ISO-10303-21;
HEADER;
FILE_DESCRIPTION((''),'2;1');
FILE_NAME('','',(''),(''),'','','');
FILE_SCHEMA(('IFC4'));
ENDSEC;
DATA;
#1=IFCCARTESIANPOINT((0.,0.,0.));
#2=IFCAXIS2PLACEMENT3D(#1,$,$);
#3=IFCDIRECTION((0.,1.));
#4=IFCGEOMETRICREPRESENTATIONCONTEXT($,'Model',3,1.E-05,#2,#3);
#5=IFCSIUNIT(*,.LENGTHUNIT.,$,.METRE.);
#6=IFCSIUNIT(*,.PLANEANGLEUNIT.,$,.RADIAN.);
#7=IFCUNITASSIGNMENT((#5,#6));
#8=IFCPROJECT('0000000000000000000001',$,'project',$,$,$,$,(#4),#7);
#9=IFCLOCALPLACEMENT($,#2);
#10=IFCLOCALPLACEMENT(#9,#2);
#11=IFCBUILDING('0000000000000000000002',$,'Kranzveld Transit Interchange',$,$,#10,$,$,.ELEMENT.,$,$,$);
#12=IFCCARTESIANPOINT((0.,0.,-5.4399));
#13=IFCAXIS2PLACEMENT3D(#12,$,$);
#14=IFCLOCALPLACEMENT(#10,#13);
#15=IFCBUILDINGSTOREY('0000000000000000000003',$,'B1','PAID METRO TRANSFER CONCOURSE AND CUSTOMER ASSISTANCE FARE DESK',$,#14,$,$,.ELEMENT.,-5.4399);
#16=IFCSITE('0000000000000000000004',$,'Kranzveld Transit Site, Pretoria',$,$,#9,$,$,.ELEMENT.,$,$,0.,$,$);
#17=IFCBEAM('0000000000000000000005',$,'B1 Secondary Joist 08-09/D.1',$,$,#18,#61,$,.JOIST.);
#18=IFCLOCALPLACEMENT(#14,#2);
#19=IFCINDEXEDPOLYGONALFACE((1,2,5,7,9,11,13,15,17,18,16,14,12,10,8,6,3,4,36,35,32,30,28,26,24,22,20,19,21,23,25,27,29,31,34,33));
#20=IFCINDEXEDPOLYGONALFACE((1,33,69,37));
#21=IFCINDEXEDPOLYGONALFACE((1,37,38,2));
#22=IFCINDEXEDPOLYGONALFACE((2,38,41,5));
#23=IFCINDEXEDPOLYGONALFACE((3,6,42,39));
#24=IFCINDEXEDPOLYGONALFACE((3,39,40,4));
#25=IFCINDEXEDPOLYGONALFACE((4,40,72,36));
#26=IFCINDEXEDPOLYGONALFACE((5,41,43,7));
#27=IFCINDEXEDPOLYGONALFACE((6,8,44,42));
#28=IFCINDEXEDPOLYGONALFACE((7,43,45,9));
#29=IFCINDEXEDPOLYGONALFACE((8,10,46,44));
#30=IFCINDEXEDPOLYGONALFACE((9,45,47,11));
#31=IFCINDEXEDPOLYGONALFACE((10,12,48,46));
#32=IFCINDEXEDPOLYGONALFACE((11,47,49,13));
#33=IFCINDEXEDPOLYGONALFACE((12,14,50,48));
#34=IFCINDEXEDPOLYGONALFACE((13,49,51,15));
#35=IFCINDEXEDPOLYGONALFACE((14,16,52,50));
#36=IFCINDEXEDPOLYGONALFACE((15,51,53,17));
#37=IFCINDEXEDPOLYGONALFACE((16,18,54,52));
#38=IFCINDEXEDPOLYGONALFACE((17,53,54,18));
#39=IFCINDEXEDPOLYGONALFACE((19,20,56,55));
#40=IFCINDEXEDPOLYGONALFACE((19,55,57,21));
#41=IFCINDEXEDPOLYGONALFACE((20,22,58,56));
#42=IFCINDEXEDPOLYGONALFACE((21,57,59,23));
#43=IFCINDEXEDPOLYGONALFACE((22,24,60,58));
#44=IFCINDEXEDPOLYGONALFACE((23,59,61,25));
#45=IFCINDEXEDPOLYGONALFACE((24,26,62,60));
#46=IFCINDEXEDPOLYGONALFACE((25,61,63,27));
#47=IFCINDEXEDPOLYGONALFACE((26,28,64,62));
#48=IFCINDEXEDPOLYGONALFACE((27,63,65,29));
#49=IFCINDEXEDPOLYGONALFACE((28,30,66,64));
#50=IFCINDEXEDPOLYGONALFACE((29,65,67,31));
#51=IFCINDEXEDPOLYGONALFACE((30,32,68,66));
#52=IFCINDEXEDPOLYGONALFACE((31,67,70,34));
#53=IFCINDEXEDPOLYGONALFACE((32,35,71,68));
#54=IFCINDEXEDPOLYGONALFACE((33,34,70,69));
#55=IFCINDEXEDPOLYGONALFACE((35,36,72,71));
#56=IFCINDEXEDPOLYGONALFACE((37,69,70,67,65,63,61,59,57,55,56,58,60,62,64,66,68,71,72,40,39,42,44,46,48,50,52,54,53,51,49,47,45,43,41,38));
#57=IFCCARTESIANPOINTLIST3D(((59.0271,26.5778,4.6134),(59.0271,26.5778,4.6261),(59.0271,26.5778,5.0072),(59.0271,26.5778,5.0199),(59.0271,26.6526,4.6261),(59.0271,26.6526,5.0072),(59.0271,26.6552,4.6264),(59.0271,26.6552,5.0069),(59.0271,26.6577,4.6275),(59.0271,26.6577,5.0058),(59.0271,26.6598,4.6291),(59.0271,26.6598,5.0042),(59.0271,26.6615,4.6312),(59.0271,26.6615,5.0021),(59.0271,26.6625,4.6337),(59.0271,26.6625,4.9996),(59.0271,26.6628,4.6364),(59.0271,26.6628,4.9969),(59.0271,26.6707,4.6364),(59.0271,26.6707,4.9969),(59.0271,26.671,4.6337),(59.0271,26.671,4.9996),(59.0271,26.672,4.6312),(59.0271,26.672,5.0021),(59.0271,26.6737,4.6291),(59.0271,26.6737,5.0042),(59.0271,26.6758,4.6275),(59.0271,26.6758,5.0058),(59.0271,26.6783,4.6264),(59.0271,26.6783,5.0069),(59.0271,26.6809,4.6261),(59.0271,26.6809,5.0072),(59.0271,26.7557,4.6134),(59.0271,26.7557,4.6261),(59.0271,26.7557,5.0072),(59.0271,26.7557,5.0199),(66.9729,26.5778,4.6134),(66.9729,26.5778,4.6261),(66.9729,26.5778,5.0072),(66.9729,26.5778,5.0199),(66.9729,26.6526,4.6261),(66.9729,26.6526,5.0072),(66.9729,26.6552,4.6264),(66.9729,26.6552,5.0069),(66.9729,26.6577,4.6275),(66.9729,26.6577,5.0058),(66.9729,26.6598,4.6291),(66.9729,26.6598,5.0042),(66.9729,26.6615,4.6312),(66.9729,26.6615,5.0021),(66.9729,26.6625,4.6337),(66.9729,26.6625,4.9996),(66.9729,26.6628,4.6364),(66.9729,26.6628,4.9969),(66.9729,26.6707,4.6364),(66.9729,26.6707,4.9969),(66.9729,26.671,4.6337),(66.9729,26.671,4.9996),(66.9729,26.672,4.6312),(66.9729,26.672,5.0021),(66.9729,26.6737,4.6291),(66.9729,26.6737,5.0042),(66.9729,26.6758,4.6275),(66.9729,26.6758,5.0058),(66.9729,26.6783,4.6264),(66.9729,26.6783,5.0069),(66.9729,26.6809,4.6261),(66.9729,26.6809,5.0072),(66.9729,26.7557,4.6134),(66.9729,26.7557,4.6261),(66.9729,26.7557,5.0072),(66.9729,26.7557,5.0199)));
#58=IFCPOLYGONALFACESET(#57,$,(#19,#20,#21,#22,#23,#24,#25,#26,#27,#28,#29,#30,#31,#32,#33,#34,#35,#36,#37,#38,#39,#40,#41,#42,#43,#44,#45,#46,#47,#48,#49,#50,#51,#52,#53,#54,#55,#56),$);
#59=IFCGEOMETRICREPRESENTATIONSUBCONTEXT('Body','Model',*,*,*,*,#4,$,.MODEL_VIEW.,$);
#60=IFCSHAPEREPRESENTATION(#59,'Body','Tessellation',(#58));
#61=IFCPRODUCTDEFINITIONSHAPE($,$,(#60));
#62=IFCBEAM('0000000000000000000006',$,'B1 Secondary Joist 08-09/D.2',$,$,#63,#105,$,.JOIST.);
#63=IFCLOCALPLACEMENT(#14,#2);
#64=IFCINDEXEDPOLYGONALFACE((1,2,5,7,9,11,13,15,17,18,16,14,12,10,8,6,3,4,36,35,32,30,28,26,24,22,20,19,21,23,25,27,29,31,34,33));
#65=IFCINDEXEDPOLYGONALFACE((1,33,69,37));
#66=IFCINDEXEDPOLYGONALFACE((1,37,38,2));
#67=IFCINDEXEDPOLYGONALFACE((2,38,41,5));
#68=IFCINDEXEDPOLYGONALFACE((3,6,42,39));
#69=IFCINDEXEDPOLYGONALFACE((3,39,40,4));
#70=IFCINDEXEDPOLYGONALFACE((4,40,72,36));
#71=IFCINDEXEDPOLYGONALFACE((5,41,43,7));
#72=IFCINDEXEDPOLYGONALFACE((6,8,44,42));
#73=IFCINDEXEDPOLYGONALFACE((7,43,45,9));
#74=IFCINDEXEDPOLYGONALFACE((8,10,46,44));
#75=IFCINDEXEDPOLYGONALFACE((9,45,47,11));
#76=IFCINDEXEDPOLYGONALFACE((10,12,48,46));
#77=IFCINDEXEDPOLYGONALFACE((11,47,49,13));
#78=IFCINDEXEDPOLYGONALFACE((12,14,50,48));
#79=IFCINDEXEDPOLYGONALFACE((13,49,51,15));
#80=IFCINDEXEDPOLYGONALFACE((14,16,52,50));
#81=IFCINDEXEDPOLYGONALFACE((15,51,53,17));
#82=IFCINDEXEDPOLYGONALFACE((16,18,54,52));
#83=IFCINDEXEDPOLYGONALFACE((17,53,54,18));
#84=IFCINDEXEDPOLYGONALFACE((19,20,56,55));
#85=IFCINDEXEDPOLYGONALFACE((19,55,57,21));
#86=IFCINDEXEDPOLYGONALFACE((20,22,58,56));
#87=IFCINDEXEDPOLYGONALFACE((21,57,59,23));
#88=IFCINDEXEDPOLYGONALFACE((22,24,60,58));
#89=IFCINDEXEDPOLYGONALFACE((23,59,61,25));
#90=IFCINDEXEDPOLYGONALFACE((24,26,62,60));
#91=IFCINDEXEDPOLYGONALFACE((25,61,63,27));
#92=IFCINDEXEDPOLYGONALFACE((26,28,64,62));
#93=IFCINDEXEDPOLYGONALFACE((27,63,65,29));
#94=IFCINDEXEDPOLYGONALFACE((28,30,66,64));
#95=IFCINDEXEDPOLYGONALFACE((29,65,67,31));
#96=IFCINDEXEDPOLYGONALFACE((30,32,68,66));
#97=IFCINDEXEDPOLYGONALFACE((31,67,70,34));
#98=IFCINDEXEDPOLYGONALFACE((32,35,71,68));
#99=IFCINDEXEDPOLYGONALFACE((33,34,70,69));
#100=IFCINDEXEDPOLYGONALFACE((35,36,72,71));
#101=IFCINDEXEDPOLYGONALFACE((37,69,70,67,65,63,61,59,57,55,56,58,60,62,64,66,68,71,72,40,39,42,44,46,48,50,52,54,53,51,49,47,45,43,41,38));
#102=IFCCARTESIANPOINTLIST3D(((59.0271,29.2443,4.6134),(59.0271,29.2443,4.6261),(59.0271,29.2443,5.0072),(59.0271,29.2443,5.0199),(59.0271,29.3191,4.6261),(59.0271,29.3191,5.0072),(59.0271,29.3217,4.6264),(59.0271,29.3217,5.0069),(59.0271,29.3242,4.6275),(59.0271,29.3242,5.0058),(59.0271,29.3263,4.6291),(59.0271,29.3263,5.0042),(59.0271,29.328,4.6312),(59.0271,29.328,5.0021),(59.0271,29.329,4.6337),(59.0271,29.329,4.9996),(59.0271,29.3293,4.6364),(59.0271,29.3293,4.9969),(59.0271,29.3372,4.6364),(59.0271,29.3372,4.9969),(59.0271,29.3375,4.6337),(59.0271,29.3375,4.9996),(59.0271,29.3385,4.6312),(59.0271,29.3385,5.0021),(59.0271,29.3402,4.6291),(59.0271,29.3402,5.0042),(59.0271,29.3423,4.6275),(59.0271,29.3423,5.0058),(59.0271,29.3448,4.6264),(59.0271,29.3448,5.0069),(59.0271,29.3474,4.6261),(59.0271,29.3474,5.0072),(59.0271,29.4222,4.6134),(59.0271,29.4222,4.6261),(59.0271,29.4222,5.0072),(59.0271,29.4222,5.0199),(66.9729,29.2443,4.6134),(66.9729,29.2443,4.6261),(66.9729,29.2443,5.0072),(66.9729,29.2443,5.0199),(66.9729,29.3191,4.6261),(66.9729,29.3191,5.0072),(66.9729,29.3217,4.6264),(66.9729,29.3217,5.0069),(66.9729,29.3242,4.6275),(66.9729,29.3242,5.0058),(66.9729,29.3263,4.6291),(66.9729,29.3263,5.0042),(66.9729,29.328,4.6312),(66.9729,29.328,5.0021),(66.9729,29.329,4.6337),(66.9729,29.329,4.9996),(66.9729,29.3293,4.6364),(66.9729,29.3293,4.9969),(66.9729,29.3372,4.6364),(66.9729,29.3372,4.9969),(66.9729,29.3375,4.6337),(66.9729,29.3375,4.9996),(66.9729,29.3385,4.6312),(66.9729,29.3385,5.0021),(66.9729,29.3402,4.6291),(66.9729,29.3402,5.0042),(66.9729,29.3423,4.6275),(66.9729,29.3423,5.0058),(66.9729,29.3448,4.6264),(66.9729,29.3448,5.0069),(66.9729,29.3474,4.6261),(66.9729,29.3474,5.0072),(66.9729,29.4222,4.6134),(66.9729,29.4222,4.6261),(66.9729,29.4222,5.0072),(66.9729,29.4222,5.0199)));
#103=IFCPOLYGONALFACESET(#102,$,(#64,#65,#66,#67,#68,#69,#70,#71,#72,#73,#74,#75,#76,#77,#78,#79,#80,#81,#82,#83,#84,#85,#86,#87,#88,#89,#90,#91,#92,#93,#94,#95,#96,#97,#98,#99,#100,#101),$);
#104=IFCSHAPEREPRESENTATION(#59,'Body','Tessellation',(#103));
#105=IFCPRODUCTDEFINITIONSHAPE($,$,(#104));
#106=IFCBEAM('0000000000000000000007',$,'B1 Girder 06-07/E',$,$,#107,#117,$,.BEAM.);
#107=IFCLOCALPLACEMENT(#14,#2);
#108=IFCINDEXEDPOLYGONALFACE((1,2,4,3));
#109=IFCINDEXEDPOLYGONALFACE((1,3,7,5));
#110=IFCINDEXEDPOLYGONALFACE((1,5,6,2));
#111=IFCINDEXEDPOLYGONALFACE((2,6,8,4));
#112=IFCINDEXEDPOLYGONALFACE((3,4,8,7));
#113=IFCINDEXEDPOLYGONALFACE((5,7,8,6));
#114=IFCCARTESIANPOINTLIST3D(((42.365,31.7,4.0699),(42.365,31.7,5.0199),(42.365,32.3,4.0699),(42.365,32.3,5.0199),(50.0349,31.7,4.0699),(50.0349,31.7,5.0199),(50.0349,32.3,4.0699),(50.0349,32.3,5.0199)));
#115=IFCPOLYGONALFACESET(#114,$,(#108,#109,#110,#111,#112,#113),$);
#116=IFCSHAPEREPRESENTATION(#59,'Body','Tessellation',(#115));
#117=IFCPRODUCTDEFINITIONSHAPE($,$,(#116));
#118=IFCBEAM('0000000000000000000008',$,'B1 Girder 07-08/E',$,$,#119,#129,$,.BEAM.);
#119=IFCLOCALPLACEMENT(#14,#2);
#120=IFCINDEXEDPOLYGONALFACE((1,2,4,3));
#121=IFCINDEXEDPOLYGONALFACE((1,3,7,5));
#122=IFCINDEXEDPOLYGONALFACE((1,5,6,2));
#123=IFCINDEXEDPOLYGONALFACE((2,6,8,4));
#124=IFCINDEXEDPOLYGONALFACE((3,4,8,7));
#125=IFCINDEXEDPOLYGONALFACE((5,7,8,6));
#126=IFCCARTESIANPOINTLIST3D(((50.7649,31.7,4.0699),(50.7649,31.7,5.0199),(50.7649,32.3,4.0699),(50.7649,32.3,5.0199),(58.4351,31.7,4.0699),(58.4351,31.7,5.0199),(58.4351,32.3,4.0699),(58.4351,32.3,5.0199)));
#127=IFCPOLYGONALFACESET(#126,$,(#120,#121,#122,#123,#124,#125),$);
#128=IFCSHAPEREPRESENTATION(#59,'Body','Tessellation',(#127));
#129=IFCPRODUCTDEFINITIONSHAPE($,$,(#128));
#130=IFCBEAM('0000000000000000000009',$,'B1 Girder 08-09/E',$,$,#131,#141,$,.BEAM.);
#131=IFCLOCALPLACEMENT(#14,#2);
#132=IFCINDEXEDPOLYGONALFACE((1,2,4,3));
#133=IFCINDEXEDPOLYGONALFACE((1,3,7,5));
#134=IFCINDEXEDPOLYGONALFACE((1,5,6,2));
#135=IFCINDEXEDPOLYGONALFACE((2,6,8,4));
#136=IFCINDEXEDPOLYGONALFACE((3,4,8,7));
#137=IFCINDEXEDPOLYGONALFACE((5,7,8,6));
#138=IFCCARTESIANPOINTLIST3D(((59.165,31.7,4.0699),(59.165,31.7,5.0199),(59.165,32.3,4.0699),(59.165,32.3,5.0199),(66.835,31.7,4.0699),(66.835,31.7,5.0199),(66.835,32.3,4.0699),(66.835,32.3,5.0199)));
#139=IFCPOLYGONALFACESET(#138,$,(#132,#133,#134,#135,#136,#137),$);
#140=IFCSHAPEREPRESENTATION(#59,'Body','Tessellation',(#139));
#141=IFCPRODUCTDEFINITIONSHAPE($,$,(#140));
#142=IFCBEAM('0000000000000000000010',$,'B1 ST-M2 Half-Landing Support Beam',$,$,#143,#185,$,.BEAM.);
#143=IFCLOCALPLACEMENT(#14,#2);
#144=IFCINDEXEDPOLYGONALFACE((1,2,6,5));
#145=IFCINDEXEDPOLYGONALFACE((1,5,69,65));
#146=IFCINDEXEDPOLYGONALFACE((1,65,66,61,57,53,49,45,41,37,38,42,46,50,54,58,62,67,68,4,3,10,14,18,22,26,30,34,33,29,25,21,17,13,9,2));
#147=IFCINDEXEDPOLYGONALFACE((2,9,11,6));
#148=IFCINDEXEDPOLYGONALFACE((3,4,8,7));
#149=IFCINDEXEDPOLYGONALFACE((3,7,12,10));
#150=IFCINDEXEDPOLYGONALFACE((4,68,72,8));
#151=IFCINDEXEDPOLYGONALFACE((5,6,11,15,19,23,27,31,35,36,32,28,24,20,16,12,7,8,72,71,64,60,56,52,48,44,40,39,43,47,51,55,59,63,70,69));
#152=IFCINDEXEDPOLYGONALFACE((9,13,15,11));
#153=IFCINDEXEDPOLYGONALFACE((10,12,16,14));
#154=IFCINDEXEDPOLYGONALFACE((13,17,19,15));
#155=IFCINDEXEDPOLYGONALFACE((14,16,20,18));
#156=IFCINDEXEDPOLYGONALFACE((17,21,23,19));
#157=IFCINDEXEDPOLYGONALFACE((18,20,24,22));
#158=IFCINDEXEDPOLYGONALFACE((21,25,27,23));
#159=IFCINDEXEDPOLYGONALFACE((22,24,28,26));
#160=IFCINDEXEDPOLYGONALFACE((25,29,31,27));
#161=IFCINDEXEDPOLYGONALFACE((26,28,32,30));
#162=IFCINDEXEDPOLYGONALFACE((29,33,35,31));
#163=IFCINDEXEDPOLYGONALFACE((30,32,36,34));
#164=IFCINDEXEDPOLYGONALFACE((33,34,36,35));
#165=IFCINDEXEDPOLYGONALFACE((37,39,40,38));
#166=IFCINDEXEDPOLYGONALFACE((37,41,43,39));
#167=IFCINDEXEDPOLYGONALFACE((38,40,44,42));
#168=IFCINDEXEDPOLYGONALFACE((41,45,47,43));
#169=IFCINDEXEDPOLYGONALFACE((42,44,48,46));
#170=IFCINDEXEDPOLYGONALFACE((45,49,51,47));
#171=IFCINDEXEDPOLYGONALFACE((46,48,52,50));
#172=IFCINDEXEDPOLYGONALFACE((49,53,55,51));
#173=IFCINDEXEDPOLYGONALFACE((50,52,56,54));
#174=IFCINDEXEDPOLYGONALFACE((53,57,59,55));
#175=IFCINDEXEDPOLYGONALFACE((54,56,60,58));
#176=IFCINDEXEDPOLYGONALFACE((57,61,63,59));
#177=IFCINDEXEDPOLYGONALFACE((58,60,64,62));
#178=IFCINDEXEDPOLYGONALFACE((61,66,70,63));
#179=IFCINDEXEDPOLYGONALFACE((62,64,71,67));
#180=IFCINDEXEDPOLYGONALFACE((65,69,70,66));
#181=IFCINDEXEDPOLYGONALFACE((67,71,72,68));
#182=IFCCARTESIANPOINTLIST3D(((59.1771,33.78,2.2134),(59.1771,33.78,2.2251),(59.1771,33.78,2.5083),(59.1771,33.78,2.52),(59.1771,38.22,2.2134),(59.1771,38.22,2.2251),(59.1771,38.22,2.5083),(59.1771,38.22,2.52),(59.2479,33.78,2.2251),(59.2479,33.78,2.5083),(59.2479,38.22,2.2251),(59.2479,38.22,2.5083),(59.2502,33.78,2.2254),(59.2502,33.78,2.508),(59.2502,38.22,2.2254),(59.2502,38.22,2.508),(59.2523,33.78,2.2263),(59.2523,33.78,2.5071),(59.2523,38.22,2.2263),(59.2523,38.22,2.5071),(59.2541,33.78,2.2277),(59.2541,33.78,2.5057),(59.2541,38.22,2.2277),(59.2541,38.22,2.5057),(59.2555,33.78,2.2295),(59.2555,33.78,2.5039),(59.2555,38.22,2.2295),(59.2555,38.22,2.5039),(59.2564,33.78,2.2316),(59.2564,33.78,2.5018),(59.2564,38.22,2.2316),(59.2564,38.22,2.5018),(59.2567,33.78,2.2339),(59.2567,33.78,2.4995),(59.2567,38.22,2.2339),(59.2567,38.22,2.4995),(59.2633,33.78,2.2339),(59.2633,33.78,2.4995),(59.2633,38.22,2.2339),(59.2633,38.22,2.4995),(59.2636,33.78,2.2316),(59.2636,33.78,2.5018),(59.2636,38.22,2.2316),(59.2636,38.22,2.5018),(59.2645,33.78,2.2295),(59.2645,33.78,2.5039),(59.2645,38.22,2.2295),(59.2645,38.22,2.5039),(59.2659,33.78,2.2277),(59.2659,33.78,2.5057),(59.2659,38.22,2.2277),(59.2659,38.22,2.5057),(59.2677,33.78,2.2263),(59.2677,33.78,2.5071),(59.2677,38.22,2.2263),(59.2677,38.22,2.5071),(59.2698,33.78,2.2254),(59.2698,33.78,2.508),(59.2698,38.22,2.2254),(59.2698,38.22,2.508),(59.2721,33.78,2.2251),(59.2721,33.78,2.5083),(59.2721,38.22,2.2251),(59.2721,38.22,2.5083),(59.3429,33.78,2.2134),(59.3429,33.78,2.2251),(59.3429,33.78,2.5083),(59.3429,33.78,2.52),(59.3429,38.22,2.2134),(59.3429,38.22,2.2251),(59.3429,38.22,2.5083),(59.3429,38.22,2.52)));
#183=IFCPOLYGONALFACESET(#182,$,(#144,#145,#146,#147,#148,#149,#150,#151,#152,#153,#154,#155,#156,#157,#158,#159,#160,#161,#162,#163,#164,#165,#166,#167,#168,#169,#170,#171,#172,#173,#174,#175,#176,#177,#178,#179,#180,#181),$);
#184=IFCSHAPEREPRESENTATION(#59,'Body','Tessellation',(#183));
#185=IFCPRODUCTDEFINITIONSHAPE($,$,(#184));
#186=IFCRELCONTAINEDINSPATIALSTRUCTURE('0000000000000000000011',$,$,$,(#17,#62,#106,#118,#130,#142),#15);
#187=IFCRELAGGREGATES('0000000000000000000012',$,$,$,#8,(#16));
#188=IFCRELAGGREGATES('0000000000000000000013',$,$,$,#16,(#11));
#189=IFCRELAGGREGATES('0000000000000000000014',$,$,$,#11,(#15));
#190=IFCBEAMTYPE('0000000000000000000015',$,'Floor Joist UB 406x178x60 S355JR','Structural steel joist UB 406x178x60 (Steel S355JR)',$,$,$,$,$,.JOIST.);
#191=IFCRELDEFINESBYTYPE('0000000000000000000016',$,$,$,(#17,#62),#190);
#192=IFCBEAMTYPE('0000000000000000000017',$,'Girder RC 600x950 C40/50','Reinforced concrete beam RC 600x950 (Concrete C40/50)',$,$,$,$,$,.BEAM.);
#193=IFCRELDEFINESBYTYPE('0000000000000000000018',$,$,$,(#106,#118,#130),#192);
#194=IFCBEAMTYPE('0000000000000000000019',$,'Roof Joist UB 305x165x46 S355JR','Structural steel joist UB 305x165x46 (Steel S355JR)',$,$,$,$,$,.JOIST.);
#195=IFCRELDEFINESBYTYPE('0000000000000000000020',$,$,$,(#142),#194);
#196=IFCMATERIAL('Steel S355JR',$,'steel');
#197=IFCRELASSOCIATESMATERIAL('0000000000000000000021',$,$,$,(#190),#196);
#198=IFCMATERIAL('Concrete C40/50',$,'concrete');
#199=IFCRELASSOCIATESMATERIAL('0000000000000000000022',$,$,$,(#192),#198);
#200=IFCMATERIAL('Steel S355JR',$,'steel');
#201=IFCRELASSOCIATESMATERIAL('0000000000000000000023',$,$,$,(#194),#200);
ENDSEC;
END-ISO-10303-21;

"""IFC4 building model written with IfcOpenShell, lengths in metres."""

from ifc_helpers import new_model, si_unit, direction, frame, origin, origin_2d, place, context, subcontext, project, spatial, rectangle, i_section, extrude, material, material_profile, profile_set, type_object, element, save


model = new_model("IFC4")

# Units and contexts
model_context = context("Model", 3, precision=1e-05, world=origin(), true_north=direction((0.0, 1.0)))
body_context = subcontext(model_context, "Body", "Model", "MODEL_VIEW")
ifc_project = project(units=[si_unit("LENGTHUNIT", "METRE"), si_unit("PLANEANGLEUNIT", "RADIAN")], contexts=[model_context])

# Site, building, storey
site_placement = place(None, origin())
site = spatial("IfcSite", under=ifc_project, at=site_placement, Name="Kranzveld Transit Site, Pretoria", CompositionType="ELEMENT", RefElevation=0.0)
building_placement = place(site_placement, origin())
building = spatial("IfcBuilding", under=site, at=building_placement, Name="Kranzveld Transit Interchange", CompositionType="ELEMENT")
storey_placement = place(building_placement, frame((0.0, 0.0, -5.4399)))
storey = spatial("IfcBuildingStorey", under=building, at=storey_placement, Name="B1", Description="PAID METRO TRANSFER CONCOURSE AND CUSTOMER ASSISTANCE FARE DESK", CompositionType="ELEMENT", Elevation=-5.4399)

# Beams
ifc_material_1 = material(Name="Steel S355JR", Category="steel")
ifc_material_profile_1 = material_profile(ifc_material_1, i_section(OverallWidth=0.178, OverallDepth=0.4065, WebThickness=0.0078, FlangeThickness=0.0127, FilletRadius=0.0103, at=origin_2d()), Name="UB 406x178x60")
ifc_profile_set_1 = profile_set([ifc_material_profile_1], Name="Steel S355JR")
beam_type_1 = type_object("IfcBeamType", Name="Floor Joist UB 406x178x60 S355JR", Description="Structural steel joist UB 406x178x60 (Steel S355JR)", PredefinedType="JOIST", material=ifc_profile_set_1)
for number, where, z_axis, x_axis, name in (
    (1, (59.0271, 26.6667, 4.8167), (1.0, 0.0, 0.0), (0.0, 1.0, 0.0), "B1 Secondary Joist 08-09/D.1"),
    (2, (59.0271, 29.3333, 4.8167), (1.0, 0.0, 0.0), (0.0, 1.0, 0.0), "B1 Secondary Joist 08-09/D.2"),
):
    element("IfcBeam", number, at=place(storey_placement, frame(where, z_axis=z_axis, x_axis=x_axis)), inside=storey, type_object=beam_type_1, Name=name, PredefinedType="JOIST", context=body_context, shape_type="SweptSolid", body=[
        extrude(i_section(OverallWidth=0.178, OverallDepth=0.4065, WebThickness=0.0078, FlangeThickness=0.0127, FilletRadius=0.0103, at=origin_2d()), origin(), (0.0, 0.0, 1.0), 7.9458),
    ])
ifc_material_2 = material(Name="Concrete C40/50", Category="concrete")
ifc_material_profile_2 = material_profile(ifc_material_2, rectangle(XDim=0.6001, YDim=0.95, at=origin_2d()), Name="RC 600x950")
ifc_profile_set_2 = profile_set([ifc_material_profile_2], Name="Concrete C40/50")
beam_type_2 = type_object("IfcBeamType", Name="Girder RC 600x950 C40/50", Description="Reinforced concrete beam RC 600x950 (Concrete C40/50)", PredefinedType="BEAM", material=ifc_profile_set_2)
beam_1_placement = place(storey_placement, frame((42.365, 32.0, 4.5449), z_axis=(1.0, 0.0, 0.0), x_axis=(0.0, 1.0, 0.0)))
element("IfcBeam", 3, at=beam_1_placement, inside=storey, type_object=beam_type_2, Name="B1 Girder 06-07/E", PredefinedType="BEAM", context=body_context, shape_type="SweptSolid", body=[
    extrude(rectangle(XDim=0.6001, YDim=0.95, at=origin_2d()), origin(), (0.0, 0.0, 1.0), 7.6699),
])
beam_2_placement = place(storey_placement, frame((50.7649, 32.0, 4.5449), z_axis=(1.0, 0.0, 0.0), x_axis=(0.0, 1.0, 0.0)))
element("IfcBeam", 4, at=beam_2_placement, inside=storey, type_object=beam_type_2, Name="B1 Girder 07-08/E", PredefinedType="BEAM", context=body_context, shape_type="SweptSolid", body=[
    extrude(rectangle(XDim=0.6001, YDim=0.95, at=origin_2d()), origin(), (0.0, 0.0, 1.0), 7.6702),
])
beam_3_placement = place(storey_placement, frame((59.165, 32.0, 4.5449), z_axis=(1.0, 0.0, 0.0), x_axis=(0.0, 1.0, 0.0)))
element("IfcBeam", 5, at=beam_3_placement, inside=storey, type_object=beam_type_2, Name="B1 Girder 08-09/E", PredefinedType="BEAM", context=body_context, shape_type="SweptSolid", body=[
    extrude(rectangle(XDim=0.6001, YDim=0.95, at=origin_2d()), origin(), (0.0, 0.0, 1.0), 7.6699),
])
ifc_material_3 = material(Name="Steel S355JR", Category="steel")
ifc_material_profile_3 = material_profile(ifc_material_3, i_section(OverallWidth=0.1658, OverallDepth=0.3066, WebThickness=0.0066, FlangeThickness=0.0117, FilletRadius=0.0088, at=origin_2d()), Name="UB 305x165x46")
ifc_profile_set_3 = profile_set([ifc_material_profile_3], Name="Steel S355JR")
beam_type_3 = type_object("IfcBeamType", Name="Roof Joist UB 305x165x46 S355JR", Description="Structural steel joist UB 305x165x46 (Steel S355JR)", PredefinedType="JOIST", material=ifc_profile_set_3)
beam_4_placement = place(storey_placement, frame((59.26, 33.78, 2.3667), z_axis=(0.0, 1.0, 0.0), x_axis=(-1.0, 0.0, 0.0)))
element("IfcBeam", 6, at=beam_4_placement, inside=storey, type_object=beam_type_3, Name="B1 ST-M2 Half-Landing Support Beam", PredefinedType="BEAM", context=body_context, shape_type="SweptSolid", body=[
    extrude(i_section(OverallWidth=0.1658, OverallDepth=0.3066, WebThickness=0.0066, FlangeThickness=0.0117, FilletRadius=0.0088, at=origin_2d()), origin(), (0.0, 0.0, 1.0), 4.4399),
])

save(model, "model.ifc")
